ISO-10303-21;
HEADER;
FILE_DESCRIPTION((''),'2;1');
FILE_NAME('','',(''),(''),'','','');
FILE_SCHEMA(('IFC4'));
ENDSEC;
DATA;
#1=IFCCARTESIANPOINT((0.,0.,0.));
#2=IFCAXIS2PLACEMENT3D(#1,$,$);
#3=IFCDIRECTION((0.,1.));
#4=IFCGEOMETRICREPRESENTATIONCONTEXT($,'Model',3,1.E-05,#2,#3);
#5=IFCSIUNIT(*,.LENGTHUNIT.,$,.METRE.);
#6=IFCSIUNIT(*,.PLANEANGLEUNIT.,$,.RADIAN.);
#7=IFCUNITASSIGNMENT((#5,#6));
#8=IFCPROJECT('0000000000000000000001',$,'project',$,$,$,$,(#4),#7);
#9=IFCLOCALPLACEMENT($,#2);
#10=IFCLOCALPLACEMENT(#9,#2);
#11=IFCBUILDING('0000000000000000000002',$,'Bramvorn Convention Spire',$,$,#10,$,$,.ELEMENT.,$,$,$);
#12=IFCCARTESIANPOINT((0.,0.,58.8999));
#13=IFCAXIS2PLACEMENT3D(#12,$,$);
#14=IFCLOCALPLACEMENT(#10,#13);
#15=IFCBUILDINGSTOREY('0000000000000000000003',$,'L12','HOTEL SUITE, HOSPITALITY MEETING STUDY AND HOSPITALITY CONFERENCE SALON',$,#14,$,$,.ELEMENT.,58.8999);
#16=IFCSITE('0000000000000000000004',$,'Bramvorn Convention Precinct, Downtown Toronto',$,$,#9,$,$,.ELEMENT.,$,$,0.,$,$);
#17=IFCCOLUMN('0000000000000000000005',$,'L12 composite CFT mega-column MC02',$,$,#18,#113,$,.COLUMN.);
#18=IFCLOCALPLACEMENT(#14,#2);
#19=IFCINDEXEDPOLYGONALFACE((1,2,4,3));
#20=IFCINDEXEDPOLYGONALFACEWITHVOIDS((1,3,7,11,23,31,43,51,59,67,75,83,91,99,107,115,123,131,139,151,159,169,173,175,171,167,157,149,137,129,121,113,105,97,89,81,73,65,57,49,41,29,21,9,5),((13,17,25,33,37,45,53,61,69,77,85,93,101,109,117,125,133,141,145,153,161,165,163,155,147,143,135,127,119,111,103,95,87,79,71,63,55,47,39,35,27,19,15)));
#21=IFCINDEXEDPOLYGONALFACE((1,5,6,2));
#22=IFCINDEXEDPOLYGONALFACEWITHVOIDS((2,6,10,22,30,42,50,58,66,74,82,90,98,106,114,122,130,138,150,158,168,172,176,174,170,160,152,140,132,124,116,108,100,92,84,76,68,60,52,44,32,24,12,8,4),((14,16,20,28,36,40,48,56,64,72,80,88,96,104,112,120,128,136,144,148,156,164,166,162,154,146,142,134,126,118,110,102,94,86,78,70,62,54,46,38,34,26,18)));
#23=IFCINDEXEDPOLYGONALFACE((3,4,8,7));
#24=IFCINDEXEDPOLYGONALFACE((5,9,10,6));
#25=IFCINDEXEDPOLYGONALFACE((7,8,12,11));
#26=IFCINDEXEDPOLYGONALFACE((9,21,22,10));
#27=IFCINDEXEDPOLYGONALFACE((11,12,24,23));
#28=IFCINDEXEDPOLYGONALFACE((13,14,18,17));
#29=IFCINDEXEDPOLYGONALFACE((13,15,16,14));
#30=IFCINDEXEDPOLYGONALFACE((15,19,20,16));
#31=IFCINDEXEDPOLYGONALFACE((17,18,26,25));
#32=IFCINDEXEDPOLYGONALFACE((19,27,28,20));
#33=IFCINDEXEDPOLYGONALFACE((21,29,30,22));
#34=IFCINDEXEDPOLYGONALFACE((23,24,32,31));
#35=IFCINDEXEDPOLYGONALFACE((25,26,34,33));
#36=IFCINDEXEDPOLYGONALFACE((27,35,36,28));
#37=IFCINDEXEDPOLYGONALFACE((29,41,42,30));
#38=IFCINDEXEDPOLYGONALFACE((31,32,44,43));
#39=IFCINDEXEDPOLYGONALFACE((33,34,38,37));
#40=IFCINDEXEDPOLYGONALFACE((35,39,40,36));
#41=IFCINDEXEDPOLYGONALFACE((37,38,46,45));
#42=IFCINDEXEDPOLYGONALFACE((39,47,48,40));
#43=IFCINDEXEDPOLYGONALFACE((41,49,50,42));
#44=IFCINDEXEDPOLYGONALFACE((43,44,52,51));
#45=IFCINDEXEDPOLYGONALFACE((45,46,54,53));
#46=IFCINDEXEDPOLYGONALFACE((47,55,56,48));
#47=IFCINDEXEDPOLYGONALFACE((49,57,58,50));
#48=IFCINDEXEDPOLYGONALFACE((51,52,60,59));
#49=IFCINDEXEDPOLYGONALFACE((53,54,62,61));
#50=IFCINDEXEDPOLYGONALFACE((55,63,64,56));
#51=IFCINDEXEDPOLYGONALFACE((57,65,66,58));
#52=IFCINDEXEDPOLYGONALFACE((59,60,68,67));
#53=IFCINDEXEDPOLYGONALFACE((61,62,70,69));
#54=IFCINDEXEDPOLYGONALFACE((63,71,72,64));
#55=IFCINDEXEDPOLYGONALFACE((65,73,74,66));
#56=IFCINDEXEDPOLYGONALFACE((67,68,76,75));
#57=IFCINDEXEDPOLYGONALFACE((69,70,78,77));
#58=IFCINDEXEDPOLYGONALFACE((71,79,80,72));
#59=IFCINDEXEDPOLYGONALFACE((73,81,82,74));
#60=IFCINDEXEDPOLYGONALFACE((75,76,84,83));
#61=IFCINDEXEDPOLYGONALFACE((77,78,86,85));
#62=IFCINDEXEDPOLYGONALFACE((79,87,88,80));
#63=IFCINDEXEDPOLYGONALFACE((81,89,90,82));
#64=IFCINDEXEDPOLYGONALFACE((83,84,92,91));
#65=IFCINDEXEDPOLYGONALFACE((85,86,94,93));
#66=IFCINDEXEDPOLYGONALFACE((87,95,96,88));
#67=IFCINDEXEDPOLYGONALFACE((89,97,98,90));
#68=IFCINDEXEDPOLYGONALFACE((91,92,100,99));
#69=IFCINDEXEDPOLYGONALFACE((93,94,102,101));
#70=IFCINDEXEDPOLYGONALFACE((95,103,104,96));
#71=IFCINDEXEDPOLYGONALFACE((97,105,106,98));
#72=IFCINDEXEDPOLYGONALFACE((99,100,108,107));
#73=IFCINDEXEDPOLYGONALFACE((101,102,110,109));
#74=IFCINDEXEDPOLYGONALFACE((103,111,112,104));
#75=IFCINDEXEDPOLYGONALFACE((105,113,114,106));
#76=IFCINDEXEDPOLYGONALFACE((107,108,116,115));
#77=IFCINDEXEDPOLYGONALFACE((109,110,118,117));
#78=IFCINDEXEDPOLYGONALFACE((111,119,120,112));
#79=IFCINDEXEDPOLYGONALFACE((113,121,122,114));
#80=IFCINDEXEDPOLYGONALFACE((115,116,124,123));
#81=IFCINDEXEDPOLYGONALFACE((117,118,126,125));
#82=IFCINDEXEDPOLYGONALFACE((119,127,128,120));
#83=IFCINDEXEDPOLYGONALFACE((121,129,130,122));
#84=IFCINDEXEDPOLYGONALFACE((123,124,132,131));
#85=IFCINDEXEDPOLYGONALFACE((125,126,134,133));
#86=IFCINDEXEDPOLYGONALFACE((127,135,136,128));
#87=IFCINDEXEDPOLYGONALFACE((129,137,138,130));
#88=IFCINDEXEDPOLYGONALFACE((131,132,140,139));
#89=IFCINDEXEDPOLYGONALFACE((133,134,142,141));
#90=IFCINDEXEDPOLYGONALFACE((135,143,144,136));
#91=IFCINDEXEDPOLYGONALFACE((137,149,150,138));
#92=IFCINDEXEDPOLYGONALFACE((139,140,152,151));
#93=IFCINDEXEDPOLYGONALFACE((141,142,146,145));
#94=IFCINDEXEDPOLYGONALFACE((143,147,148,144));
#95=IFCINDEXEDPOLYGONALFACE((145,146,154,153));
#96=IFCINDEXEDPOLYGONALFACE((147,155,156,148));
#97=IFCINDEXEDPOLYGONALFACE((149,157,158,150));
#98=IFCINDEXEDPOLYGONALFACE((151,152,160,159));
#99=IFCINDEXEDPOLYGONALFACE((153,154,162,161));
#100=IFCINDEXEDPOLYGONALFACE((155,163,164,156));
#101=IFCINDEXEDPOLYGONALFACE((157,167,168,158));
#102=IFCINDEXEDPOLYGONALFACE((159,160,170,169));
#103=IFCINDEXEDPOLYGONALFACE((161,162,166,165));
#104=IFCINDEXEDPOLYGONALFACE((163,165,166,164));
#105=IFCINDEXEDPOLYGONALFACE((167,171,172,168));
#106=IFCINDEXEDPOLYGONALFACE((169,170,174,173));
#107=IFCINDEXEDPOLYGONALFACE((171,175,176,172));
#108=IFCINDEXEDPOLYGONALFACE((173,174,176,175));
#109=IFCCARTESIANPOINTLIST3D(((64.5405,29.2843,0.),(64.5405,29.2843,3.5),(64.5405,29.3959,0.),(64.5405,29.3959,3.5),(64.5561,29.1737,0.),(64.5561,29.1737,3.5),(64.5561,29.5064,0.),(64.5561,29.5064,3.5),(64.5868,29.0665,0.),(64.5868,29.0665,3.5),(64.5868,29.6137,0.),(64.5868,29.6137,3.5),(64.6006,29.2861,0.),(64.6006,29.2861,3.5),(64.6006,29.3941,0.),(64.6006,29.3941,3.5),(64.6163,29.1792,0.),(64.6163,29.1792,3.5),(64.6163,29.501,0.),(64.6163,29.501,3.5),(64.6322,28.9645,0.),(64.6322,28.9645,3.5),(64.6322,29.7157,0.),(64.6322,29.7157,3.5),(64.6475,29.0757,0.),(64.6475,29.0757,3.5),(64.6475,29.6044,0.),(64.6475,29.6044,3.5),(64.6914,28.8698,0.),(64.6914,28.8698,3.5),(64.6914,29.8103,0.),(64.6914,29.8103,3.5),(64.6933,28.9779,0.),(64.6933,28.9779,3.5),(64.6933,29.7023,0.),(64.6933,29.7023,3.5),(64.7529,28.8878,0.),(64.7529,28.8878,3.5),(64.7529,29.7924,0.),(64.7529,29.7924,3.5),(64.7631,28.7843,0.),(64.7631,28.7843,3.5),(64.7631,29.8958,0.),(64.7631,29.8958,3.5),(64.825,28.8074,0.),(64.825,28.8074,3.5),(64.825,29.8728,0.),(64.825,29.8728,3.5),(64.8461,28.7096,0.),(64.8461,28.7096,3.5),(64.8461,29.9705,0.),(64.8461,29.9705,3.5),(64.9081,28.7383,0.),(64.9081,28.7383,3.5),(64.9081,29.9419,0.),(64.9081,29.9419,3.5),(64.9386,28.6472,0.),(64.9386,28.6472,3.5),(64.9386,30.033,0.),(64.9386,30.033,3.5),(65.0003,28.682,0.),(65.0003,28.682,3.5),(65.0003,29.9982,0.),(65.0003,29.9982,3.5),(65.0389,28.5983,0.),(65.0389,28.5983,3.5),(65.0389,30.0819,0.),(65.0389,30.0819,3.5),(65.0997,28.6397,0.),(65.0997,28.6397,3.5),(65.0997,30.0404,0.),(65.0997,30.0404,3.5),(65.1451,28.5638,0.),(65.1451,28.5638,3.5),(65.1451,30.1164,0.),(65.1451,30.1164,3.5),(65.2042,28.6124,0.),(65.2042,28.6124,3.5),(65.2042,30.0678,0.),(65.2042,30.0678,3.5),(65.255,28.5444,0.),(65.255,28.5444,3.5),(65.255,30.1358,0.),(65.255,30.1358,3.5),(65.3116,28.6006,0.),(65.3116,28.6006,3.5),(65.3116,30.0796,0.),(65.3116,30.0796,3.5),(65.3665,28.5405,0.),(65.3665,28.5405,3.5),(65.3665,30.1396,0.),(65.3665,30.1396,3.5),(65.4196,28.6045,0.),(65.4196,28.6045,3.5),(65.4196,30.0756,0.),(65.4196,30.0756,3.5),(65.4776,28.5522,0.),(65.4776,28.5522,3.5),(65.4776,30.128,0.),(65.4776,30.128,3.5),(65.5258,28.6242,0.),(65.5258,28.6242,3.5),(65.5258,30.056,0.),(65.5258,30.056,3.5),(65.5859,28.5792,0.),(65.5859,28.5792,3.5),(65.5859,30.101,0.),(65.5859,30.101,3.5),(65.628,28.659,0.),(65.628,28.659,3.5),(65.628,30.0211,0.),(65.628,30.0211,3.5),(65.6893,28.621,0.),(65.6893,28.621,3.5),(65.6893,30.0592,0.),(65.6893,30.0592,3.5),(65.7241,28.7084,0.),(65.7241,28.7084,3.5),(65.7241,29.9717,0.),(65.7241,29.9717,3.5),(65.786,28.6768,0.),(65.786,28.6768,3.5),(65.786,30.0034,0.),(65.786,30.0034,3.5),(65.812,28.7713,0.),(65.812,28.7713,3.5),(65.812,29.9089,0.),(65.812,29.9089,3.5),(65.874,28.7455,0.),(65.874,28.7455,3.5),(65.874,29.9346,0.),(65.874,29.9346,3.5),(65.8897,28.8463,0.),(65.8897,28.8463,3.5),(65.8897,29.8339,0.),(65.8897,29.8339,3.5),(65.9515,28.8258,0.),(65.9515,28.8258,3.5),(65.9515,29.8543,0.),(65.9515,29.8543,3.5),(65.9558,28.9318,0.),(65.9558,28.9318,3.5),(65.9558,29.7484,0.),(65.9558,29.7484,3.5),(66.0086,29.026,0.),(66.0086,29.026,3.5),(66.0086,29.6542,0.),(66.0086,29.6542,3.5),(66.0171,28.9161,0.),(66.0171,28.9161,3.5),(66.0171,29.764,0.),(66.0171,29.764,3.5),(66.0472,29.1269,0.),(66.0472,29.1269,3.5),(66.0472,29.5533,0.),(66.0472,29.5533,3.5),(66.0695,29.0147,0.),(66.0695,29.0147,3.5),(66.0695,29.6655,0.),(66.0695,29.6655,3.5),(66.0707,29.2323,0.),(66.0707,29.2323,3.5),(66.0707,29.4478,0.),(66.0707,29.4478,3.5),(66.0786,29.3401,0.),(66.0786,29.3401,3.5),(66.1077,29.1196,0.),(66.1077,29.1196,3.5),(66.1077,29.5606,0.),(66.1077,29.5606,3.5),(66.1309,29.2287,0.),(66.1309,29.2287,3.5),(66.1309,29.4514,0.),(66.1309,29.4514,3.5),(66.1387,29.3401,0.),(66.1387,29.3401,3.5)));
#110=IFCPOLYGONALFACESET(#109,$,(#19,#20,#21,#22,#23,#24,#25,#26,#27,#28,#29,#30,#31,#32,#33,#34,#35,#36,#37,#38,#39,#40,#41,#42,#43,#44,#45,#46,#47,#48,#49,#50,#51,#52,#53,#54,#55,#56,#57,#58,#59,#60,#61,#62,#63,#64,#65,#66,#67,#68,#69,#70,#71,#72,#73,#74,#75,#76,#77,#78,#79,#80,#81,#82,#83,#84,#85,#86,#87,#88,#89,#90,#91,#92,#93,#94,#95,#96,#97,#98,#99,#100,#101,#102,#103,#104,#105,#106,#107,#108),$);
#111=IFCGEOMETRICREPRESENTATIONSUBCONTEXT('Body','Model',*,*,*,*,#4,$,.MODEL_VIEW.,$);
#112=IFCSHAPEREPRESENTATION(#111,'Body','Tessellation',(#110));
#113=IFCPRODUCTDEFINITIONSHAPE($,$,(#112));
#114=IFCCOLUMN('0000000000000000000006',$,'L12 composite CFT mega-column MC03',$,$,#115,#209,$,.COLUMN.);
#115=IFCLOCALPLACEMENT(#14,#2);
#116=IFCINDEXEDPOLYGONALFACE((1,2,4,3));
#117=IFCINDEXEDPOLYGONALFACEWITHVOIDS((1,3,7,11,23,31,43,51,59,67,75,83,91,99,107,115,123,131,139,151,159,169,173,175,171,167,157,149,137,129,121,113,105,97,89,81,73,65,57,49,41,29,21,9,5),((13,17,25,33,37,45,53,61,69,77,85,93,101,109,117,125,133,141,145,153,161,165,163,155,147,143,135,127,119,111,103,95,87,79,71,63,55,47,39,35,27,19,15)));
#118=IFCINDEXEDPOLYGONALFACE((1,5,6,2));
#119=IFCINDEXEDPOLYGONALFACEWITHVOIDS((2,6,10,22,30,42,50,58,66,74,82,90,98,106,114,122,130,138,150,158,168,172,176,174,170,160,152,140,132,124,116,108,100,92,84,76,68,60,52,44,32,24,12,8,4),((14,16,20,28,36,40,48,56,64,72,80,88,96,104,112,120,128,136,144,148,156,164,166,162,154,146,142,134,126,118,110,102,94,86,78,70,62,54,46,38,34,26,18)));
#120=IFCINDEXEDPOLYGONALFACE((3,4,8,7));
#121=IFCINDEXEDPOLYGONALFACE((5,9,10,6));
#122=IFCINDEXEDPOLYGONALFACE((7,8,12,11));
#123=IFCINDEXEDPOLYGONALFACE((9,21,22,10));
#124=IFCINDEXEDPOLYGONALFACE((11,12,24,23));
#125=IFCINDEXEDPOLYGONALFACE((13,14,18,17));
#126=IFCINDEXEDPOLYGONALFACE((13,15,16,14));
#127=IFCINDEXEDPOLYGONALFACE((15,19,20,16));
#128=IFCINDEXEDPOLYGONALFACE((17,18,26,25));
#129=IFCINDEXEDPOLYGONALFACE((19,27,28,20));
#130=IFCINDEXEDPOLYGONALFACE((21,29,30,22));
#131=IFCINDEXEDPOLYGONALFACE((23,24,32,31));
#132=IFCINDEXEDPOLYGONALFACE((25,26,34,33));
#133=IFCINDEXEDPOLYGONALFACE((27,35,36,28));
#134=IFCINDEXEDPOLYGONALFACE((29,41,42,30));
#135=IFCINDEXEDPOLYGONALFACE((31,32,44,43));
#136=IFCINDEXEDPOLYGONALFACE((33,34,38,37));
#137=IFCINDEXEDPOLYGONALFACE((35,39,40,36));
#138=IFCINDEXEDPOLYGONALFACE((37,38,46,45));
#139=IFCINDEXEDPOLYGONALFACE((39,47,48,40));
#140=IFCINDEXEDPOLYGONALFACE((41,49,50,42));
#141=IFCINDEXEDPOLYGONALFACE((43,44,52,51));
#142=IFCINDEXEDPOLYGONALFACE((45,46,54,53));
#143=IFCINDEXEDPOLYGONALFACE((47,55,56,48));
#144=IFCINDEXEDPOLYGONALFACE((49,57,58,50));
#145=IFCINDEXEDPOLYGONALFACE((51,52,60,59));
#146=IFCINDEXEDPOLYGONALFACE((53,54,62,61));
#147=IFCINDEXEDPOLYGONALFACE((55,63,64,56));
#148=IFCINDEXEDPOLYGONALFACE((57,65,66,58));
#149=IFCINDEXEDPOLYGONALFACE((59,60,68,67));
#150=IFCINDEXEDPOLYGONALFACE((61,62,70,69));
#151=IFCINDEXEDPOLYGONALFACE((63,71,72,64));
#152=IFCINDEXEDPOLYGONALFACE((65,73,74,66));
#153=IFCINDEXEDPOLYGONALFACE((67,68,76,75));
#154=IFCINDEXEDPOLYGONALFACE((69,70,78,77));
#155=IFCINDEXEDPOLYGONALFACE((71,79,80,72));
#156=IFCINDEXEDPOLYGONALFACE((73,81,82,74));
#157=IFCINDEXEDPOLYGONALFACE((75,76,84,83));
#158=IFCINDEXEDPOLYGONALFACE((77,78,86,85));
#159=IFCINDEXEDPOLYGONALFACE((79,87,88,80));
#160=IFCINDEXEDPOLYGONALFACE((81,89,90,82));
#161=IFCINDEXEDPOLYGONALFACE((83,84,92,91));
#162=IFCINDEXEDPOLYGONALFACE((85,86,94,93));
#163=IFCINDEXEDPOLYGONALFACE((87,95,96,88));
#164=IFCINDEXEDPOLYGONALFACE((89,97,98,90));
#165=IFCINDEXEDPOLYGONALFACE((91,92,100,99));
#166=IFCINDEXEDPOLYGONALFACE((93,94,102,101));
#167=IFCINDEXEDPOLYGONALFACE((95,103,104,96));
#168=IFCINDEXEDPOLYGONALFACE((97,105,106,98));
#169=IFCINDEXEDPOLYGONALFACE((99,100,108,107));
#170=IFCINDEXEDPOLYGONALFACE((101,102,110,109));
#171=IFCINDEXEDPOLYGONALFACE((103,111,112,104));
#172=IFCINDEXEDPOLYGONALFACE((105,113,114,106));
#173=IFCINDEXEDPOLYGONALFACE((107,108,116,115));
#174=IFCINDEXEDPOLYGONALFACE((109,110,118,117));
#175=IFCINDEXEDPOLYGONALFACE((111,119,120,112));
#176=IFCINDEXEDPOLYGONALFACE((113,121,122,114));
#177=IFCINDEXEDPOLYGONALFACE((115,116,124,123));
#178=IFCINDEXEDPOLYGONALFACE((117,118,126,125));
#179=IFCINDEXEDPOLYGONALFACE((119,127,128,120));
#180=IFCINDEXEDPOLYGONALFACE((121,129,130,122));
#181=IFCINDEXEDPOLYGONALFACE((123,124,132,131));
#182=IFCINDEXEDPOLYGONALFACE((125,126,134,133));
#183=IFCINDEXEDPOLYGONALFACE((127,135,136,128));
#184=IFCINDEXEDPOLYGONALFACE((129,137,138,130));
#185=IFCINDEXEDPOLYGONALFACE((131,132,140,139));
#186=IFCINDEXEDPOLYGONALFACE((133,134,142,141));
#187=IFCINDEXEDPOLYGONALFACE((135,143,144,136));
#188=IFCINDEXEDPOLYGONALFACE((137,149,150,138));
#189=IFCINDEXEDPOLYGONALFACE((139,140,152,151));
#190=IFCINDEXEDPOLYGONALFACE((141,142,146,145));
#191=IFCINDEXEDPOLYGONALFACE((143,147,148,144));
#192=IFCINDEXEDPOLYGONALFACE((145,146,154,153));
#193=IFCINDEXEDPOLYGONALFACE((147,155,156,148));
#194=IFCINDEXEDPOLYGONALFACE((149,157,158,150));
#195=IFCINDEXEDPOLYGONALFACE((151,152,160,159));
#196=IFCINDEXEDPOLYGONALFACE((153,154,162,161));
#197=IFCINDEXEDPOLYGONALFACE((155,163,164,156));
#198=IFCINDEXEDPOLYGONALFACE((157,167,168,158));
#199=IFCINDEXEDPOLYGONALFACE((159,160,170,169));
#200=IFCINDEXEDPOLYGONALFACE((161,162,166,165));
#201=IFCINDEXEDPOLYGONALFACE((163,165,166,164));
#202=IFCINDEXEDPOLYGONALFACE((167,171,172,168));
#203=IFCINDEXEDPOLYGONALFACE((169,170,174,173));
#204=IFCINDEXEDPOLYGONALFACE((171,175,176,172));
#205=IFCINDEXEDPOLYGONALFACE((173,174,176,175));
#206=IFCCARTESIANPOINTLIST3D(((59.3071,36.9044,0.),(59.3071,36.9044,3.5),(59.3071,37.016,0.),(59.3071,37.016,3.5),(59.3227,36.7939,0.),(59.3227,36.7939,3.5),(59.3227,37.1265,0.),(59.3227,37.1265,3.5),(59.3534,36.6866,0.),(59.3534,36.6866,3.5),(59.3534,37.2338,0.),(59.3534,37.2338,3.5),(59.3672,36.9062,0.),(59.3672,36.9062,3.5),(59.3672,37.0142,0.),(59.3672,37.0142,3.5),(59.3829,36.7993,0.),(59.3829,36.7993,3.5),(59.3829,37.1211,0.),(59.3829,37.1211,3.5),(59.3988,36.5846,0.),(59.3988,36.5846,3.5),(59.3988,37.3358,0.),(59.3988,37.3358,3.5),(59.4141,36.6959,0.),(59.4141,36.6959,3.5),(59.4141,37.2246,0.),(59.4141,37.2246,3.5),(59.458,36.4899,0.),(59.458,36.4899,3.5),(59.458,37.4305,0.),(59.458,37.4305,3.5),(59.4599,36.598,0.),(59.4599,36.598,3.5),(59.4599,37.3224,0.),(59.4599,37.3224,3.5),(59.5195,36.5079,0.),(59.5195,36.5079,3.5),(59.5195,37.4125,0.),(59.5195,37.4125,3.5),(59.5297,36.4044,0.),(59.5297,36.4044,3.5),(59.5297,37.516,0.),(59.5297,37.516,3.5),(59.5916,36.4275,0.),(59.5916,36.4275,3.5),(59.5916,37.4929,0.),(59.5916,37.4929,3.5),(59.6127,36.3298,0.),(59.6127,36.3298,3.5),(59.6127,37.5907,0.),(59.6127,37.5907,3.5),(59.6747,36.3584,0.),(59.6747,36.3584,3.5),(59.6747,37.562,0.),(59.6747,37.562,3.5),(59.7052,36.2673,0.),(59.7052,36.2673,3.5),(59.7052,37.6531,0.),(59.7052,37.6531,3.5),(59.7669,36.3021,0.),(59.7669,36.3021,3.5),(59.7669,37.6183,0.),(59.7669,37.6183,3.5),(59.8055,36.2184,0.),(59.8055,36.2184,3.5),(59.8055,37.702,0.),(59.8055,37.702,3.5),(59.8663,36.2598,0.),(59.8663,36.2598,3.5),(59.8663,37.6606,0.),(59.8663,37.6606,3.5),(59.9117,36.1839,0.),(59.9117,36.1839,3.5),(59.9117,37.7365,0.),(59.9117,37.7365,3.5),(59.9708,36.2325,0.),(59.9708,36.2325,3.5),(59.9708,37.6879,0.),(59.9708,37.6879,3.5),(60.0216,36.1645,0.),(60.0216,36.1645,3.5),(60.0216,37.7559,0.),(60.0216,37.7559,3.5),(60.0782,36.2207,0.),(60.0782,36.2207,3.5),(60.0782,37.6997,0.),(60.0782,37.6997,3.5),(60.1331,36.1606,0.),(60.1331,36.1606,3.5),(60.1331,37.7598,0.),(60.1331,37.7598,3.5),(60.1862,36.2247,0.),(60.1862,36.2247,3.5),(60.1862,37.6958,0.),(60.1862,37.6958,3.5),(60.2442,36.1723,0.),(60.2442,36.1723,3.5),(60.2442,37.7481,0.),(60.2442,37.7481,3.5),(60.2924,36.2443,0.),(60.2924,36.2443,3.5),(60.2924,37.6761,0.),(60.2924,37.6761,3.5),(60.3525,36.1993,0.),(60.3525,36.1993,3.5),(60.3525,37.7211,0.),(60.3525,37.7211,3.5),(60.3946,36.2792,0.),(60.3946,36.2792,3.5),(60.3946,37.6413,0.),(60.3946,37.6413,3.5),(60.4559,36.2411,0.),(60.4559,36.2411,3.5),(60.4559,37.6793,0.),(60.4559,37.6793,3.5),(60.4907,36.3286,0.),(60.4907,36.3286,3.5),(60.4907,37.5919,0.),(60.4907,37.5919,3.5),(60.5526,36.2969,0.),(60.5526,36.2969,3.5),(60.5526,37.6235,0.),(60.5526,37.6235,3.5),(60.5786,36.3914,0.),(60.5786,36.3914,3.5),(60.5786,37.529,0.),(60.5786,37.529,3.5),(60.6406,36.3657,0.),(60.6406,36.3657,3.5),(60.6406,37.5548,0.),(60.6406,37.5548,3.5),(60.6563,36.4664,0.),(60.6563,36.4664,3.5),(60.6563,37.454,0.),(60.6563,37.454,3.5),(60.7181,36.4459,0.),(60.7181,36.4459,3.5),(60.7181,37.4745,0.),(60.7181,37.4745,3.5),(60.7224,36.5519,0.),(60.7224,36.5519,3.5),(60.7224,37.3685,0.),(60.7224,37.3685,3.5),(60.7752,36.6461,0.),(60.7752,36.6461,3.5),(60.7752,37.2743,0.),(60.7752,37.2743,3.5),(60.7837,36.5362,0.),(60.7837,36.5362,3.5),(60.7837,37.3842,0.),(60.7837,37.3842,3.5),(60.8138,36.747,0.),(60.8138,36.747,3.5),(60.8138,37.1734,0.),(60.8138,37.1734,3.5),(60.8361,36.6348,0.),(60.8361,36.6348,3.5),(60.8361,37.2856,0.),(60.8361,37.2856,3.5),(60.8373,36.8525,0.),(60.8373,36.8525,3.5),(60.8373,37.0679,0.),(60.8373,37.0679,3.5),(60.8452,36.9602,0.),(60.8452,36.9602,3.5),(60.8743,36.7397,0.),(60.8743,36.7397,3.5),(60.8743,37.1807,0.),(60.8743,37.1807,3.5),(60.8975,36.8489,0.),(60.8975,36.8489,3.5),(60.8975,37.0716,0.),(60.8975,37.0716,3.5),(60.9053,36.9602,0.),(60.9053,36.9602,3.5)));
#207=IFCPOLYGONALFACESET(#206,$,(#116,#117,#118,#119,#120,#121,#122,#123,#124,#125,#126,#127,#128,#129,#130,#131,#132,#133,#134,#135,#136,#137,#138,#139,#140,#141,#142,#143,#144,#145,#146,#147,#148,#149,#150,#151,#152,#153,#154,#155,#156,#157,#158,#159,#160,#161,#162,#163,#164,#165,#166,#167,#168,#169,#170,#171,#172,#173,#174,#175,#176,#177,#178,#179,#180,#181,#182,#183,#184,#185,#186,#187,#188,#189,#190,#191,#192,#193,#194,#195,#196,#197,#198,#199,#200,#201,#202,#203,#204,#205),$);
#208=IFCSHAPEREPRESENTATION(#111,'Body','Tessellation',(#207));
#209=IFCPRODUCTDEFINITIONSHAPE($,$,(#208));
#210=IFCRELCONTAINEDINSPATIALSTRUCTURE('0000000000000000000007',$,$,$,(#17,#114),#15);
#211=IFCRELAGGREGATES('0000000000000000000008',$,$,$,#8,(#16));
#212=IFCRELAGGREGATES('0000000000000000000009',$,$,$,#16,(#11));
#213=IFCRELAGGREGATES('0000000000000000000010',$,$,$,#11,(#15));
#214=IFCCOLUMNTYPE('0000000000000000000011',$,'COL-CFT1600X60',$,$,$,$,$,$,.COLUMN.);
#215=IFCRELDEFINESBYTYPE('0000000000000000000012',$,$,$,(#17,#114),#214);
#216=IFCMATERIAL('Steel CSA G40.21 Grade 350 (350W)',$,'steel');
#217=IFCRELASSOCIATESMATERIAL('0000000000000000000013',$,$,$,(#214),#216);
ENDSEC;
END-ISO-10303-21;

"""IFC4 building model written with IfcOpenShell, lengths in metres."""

from ifc_helpers import new_model, si_unit, direction, frame, origin, origin_2d, place, context, subcontext, project, spatial, hollow_circle, extrude, material, material_profile, profile_set, type_object, element, save


model = new_model("IFC4")

# Units and contexts
model_context = context("Model", 3, precision=1e-05, world=origin(), true_north=direction((0.0, 1.0)))
body_context = subcontext(model_context, "Body", "Model", "MODEL_VIEW")
ifc_project = project(units=[si_unit("LENGTHUNIT", "METRE"), si_unit("PLANEANGLEUNIT", "RADIAN")], contexts=[model_context])

# Site, building, storey
site_placement = place(None, origin())
site = spatial("IfcSite", under=ifc_project, at=site_placement, Name="Bramvorn Convention Precinct, Downtown Toronto", CompositionType="ELEMENT", RefElevation=0.0)
building_placement = place(site_placement, origin())
building = spatial("IfcBuilding", under=site, at=building_placement, Name="Bramvorn Convention Spire", CompositionType="ELEMENT")
storey_placement = place(building_placement, frame((0.0, 0.0, 58.8999)))
storey = spatial("IfcBuildingStorey", under=building, at=storey_placement, Name="L12", Description="HOTEL SUITE, HOSPITALITY MEETING STUDY AND HOSPITALITY CONFERENCE SALON", CompositionType="ELEMENT", Elevation=58.8999)

# Columns
ifc_material_1 = material(Name="Steel CSA G40.21 Grade 350 (350W)", Category="steel")
ifc_material_profile_1 = material_profile(ifc_material_1, hollow_circle(Radius=0.8, WallThickness=0.0601, at=origin_2d()))
ifc_profile_set_1 = profile_set([ifc_material_profile_1], Name="Steel CSA G40.21 Grade 350 (350W) - CFT1600X60")
column_type = type_object("IfcColumnType", Name="COL-CFT1600X60", PredefinedType="COLUMN", material=ifc_profile_set_1)
for number, where, z_axis, x_axis, name in (
    (1, (65.3386, 29.3401, 0.0), (0.0, 0.0, 1.0), (1.0, 0.0, 0.0), "L12 composite CFT mega-column MC02"),
    (2, (60.1052, 36.9602, 0.0), (0.0, 0.0, 1.0), (1.0, 0.0, 0.0), "L12 composite CFT mega-column MC03"),
):
    element("IfcColumn", number, at=place(storey_placement, frame(where, z_axis=z_axis, x_axis=x_axis)), inside=storey, type_object=column_type, Name=name, PredefinedType="COLUMN", context=body_context, shape_type="SweptSolid", body=[
        extrude(hollow_circle(Radius=0.8, WallThickness=0.0601, at=origin_2d()), origin(), (0.0, 0.0, 1.0), 3.5),
    ])

save(model, "model.ifc")
